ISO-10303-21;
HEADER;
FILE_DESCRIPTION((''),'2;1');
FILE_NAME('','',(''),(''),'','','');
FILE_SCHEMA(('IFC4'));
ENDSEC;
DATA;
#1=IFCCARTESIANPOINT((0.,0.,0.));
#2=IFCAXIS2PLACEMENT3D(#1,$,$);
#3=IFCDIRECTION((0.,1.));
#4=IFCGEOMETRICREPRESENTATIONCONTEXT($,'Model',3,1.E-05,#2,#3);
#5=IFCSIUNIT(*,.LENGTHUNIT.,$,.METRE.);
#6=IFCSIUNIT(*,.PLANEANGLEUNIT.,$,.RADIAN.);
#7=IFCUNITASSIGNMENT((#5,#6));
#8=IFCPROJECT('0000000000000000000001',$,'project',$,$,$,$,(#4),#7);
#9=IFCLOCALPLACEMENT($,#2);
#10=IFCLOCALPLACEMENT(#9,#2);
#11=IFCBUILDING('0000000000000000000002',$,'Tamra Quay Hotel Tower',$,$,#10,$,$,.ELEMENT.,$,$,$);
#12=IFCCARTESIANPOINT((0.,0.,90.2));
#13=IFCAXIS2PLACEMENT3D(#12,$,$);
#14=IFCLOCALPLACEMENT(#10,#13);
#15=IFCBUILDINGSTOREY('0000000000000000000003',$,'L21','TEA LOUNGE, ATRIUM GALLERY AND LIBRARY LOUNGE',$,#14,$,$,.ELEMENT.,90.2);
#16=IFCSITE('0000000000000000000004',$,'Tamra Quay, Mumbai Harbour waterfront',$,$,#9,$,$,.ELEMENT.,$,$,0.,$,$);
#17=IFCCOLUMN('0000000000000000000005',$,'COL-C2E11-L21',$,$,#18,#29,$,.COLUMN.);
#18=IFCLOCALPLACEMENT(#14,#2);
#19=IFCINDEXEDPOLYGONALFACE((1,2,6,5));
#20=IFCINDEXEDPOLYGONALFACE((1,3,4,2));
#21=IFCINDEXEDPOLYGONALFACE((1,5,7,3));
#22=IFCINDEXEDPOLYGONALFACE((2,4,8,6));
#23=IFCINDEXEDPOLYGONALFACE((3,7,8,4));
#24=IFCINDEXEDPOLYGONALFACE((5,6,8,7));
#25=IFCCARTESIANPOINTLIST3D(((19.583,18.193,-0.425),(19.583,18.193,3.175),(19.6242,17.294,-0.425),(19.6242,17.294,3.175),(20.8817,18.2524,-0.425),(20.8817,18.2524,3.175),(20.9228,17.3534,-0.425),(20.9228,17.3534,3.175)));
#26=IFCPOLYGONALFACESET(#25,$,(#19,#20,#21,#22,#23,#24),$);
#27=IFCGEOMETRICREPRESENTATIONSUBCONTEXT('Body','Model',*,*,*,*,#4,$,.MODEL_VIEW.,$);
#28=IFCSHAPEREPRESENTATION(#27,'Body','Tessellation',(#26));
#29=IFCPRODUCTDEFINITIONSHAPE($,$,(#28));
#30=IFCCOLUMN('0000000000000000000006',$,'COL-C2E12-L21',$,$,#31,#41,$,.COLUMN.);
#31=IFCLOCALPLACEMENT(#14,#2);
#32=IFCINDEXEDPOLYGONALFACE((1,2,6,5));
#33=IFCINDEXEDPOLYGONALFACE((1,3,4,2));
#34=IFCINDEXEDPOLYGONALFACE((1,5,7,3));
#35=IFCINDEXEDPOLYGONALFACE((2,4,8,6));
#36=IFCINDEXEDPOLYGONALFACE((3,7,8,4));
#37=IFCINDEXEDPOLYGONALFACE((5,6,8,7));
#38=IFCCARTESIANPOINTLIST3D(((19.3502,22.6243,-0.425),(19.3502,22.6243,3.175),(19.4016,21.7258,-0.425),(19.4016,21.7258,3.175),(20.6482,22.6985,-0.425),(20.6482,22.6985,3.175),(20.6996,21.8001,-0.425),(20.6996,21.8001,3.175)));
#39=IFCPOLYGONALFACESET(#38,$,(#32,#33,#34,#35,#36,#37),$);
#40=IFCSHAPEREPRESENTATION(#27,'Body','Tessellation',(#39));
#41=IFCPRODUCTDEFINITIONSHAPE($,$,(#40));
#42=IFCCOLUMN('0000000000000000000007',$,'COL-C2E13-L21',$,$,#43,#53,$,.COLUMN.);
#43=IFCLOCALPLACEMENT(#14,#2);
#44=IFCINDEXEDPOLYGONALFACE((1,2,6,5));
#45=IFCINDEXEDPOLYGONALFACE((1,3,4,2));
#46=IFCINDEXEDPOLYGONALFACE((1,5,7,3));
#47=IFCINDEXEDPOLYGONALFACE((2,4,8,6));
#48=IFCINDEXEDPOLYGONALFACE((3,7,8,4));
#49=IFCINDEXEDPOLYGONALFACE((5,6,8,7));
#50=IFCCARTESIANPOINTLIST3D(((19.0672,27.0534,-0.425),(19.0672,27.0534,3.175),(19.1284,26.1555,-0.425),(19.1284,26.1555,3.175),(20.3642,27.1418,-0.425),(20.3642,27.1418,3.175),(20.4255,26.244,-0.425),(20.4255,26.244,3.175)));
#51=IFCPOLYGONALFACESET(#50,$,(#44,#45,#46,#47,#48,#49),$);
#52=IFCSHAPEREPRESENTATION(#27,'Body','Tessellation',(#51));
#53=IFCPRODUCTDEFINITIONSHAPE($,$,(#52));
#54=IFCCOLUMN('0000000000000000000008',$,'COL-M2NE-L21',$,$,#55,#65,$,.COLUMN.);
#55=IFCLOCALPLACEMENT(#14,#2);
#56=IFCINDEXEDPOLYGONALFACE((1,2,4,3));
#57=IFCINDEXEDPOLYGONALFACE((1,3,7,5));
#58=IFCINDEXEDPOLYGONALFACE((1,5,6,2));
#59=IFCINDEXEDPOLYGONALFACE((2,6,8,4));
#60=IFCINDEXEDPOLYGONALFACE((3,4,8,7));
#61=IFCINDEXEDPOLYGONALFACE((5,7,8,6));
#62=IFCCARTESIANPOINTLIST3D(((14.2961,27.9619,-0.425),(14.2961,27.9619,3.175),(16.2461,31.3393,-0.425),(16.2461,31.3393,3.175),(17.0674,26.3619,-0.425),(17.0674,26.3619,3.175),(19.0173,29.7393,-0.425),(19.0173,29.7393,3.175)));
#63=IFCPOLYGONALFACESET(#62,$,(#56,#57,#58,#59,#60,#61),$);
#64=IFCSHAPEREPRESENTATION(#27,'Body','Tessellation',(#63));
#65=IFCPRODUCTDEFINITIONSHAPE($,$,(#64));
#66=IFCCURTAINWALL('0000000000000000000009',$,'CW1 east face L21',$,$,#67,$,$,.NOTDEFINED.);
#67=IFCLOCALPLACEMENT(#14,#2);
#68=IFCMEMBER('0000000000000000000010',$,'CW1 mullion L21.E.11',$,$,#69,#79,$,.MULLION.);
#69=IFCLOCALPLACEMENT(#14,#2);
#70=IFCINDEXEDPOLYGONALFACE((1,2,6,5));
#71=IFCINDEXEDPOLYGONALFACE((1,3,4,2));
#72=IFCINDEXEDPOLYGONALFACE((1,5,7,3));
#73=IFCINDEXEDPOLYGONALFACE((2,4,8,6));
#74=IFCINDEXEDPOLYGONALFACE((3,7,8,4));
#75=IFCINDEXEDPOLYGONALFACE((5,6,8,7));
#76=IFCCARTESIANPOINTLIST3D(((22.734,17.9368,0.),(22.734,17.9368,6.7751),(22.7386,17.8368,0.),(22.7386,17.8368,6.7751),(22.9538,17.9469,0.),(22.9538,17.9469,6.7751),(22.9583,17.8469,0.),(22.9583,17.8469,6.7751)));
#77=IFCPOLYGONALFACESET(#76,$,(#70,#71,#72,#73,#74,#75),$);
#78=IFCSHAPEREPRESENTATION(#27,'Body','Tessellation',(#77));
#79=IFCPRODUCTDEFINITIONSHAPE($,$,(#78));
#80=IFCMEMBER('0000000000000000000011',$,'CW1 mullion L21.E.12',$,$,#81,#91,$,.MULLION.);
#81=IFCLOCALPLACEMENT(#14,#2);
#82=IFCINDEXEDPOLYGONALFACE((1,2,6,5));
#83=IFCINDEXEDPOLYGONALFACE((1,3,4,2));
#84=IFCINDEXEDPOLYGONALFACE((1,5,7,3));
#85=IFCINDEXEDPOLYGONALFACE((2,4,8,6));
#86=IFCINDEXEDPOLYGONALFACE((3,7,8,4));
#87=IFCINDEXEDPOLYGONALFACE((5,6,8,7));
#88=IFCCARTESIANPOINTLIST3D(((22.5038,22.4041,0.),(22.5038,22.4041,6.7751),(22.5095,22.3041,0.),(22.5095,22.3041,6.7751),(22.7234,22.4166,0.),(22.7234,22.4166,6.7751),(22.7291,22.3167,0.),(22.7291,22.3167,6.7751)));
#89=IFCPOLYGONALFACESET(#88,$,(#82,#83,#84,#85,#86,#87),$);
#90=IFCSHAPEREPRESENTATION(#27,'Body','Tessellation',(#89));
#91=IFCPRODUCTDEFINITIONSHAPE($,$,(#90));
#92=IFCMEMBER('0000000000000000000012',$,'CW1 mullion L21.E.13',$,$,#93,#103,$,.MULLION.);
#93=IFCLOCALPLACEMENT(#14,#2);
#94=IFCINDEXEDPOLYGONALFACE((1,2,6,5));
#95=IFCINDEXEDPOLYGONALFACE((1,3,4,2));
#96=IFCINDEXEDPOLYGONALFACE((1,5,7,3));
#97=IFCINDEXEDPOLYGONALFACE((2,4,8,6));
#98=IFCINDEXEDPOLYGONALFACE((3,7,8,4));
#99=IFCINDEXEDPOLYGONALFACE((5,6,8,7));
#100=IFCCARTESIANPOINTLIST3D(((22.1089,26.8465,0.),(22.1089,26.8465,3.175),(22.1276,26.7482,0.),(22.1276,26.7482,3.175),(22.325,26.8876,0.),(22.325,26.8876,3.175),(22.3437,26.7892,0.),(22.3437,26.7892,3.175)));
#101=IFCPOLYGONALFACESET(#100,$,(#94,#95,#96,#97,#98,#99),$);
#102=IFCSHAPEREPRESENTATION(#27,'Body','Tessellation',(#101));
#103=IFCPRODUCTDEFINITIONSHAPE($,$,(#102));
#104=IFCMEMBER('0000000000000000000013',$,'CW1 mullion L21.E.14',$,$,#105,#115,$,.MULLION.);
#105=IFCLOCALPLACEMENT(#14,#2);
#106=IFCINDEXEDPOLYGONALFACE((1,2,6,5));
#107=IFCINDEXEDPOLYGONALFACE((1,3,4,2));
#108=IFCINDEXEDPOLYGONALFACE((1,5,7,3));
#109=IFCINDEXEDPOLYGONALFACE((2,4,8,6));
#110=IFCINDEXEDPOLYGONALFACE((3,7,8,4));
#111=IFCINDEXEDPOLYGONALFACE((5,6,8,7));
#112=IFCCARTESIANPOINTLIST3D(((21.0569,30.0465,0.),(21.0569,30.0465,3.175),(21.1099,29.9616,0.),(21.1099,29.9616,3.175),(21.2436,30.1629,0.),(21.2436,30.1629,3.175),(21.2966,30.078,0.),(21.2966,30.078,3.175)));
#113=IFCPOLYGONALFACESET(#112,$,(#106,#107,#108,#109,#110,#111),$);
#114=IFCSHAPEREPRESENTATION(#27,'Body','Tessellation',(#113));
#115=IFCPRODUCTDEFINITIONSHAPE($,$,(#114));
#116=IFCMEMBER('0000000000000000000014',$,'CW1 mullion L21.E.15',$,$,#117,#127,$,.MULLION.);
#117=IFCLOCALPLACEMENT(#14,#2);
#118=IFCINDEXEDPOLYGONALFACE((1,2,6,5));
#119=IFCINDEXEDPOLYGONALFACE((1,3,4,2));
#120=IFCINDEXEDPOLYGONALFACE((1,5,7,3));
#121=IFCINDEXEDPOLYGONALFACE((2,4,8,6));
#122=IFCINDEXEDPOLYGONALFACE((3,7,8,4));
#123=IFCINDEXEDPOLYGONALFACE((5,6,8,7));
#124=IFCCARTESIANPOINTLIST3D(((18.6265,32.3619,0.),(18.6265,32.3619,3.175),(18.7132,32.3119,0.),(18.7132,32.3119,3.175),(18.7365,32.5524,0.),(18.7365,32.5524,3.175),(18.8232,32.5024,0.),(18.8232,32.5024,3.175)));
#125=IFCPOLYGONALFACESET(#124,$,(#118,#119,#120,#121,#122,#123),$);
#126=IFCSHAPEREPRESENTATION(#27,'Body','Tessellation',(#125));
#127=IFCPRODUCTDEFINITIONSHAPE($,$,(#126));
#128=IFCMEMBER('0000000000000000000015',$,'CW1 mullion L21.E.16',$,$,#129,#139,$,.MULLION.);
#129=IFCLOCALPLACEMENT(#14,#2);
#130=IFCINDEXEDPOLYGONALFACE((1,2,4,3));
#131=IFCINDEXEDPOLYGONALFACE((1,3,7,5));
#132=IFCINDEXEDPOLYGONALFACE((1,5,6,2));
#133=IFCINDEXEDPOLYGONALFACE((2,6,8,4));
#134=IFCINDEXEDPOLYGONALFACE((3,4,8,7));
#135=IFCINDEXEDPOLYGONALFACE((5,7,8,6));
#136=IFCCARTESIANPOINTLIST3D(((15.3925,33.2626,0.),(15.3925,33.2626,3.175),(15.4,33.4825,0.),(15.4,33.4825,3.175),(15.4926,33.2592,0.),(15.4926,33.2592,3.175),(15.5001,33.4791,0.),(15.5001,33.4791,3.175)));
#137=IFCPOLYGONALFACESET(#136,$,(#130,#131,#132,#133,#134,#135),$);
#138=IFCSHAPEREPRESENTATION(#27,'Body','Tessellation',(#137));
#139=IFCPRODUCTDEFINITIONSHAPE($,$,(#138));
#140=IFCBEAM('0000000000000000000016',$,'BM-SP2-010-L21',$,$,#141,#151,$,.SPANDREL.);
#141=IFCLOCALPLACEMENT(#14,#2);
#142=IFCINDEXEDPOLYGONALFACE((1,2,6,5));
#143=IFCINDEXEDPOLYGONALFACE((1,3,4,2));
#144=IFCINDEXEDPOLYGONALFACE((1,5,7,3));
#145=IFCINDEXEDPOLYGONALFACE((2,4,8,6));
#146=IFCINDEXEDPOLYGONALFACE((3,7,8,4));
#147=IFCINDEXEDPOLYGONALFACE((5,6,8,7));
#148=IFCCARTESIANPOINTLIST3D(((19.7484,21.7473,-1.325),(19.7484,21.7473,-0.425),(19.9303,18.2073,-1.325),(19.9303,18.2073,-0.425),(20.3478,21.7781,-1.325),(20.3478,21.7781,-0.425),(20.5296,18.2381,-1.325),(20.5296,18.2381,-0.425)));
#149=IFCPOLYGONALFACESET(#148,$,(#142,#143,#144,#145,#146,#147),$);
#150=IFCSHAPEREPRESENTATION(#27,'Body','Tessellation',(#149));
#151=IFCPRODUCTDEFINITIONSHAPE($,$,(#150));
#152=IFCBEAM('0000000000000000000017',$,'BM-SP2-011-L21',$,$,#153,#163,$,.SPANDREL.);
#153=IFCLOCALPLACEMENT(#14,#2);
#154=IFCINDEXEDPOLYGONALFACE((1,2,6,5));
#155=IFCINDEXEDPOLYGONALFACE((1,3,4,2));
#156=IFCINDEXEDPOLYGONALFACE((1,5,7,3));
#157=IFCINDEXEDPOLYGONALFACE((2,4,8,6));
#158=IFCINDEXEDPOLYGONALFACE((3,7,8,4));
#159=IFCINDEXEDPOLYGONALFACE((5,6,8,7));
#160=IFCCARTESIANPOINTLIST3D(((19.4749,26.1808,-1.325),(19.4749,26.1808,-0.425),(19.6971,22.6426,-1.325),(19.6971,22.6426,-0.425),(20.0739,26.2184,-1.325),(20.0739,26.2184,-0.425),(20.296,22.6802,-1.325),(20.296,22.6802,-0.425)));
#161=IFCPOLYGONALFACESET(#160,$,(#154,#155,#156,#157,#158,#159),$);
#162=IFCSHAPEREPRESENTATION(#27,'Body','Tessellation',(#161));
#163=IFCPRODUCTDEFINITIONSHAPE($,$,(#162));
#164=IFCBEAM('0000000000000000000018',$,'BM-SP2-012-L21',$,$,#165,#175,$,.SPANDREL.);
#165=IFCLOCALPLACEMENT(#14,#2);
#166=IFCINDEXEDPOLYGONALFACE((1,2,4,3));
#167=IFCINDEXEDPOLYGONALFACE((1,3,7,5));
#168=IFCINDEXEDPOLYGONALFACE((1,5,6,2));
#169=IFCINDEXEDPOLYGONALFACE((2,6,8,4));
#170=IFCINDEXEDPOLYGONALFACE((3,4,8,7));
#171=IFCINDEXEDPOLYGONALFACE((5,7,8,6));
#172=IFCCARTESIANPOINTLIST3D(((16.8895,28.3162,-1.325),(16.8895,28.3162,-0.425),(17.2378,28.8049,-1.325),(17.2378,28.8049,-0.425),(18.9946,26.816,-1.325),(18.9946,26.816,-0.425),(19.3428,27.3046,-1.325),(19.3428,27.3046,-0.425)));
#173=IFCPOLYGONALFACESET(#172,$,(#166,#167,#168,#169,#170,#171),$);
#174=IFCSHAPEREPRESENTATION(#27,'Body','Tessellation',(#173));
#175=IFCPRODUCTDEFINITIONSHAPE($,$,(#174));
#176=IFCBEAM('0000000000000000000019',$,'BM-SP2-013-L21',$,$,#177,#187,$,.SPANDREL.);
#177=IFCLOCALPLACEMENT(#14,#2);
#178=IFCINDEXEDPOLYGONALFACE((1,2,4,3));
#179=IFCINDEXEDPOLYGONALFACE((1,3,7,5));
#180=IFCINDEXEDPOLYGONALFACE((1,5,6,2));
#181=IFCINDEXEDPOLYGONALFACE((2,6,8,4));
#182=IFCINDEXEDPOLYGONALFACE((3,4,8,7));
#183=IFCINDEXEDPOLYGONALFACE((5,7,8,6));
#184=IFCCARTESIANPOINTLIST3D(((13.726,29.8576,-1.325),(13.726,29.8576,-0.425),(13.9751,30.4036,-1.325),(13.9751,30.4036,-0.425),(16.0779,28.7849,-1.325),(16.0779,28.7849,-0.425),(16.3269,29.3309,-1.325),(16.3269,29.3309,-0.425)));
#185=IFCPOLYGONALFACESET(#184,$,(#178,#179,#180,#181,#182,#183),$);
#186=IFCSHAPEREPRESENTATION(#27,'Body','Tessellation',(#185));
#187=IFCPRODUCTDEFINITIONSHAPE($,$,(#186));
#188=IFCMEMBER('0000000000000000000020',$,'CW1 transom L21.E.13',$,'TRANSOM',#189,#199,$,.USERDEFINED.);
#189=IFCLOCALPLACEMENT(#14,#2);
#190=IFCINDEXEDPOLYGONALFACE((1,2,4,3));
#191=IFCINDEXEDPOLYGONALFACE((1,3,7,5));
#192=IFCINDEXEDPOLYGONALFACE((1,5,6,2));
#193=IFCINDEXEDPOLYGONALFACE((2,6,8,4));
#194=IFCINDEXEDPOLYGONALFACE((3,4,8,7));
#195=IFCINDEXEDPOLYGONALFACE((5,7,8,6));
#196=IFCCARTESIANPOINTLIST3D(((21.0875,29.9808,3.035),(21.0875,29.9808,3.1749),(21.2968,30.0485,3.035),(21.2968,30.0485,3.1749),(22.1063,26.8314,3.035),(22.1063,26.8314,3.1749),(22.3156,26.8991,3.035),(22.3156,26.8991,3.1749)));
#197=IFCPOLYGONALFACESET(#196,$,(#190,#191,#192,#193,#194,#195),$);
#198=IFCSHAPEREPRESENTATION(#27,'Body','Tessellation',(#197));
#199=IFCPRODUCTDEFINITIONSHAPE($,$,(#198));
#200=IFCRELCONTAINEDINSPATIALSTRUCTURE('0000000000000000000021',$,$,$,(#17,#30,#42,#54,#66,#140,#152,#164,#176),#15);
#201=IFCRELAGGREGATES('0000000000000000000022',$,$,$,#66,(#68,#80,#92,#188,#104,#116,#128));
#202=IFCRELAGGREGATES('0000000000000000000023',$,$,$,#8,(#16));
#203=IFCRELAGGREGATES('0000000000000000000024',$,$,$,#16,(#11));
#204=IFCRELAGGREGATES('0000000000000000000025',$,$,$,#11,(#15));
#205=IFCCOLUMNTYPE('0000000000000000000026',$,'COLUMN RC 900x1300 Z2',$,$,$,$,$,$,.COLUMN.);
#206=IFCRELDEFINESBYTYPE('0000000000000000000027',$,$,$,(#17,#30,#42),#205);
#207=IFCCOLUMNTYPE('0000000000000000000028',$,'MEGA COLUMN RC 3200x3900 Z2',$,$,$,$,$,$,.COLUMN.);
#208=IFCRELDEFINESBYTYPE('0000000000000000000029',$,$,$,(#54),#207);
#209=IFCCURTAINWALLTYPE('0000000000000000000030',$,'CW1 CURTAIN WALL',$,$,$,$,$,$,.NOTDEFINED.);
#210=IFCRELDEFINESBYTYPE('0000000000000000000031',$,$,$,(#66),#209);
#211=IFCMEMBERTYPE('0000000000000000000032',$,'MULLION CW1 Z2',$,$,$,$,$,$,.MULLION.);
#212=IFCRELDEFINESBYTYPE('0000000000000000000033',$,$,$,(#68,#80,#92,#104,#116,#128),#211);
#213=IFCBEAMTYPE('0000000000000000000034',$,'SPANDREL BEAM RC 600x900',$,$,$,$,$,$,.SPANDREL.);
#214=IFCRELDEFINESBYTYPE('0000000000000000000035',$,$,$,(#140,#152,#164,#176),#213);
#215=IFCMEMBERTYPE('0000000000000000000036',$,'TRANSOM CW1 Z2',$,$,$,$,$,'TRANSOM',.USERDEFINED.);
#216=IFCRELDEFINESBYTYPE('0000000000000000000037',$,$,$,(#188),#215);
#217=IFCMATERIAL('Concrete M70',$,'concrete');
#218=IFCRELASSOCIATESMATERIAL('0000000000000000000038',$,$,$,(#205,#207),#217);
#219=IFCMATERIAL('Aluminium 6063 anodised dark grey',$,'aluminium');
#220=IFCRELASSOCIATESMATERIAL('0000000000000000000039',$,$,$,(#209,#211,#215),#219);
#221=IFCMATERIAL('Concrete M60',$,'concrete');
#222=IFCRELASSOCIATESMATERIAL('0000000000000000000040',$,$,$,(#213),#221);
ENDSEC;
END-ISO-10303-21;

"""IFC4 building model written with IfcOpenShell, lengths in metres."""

from ifc_helpers import new_model, si_unit, direction, frame, origin, origin_2d, place, context, subcontext, project, spatial, rectangle, extrude, material, material_profile, profile_set, type_object, element, aggregate, save


model = new_model("IFC4")

# Units and contexts
model_context = context("Model", 3, precision=1e-05, world=origin(), true_north=direction((0.0, 1.0)))
body_context = subcontext(model_context, "Body", "Model", "MODEL_VIEW")
ifc_project = project(units=[si_unit("LENGTHUNIT", "METRE"), si_unit("PLANEANGLEUNIT", "RADIAN")], contexts=[model_context])

# Site, building, storey
site_placement = place(None, origin())
site = spatial("IfcSite", under=ifc_project, at=site_placement, Name="Tamra Quay, Mumbai Harbour waterfront", CompositionType="ELEMENT", RefElevation=0.0)
building_placement = place(site_placement, origin())
building = spatial("IfcBuilding", under=site, at=building_placement, Name="Tamra Quay Hotel Tower", CompositionType="ELEMENT")
storey_placement = place(building_placement, frame((0.0, 0.0, 90.2)))
storey = spatial("IfcBuildingStorey", under=building, at=storey_placement, Name="L21", Description="TEA LOUNGE, ATRIUM GALLERY AND LIBRARY LOUNGE", CompositionType="ELEMENT", Elevation=90.2)

# Columns
ifc_material_1 = material(Name="Concrete M70", Category="concrete")
ifc_material_profile_1 = material_profile(ifc_material_1, rectangle(XDim=1.3, YDim=0.8999, at=origin_2d()), Name="COLUMN RC 900x1300 Z2")
ifc_profile_set_1 = profile_set([ifc_material_profile_1], Name="Concrete M70")
column_type_1 = type_object("IfcColumnType", Name="COLUMN RC 900x1300 Z2", PredefinedType="COLUMN", material=ifc_profile_set_1)
for number, where, z_axis, x_axis, name in (
    (1, (20.2529, 17.7732, -0.425), (0.0, 0.0, 1.0), (0.998955, 0.045712, 0.0), "COL-C2E11-L21"),
    (2, (20.0249, 22.2122, -0.425), (0.0, 0.0, 1.0), (0.998368, 0.057108, 0.0), "COL-C2E12-L21"),
    (3, (19.7463, 26.6487, -0.425), (0.0, 0.0, 1.0), (0.997682, 0.068041, 0.0), "COL-C2E13-L21"),
):
    element("IfcColumn", number, at=place(storey_placement, frame(where, z_axis=z_axis, x_axis=x_axis)), inside=storey, type_object=column_type_1, Name=name, PredefinedType="COLUMN", context=body_context, shape_type="SweptSolid", body=[
        extrude(rectangle(XDim=1.3, YDim=0.8999, at=origin_2d()), origin(), (0.0, 0.0, 1.0), 3.6001),
    ])
ifc_material_profile_2 = material_profile(ifc_material_1, rectangle(XDim=3.8999, YDim=3.2, at=origin_2d()), Name="MEGA COLUMN RC 3200x3900 Z2")
ifc_profile_set_2 = profile_set([ifc_material_profile_2], Name="Concrete M70")
column_type_2 = type_object("IfcColumnType", Name="MEGA COLUMN RC 3200x3900 Z2", PredefinedType="COLUMN", material=ifc_profile_set_2)
column_placement = place(storey_placement, frame((16.6567, 28.8506, -0.425), z_axis=(0.0, 0.0, 1.0), x_axis=(0.5, 0.866025, 0.0)))
element("IfcColumn", 4, at=column_placement, inside=storey, type_object=column_type_2, Name="COL-M2NE-L21", PredefinedType="COLUMN", context=body_context, shape_type="SweptSolid", body=[
    extrude(rectangle(XDim=3.8999, YDim=3.2, at=origin_2d()), origin(), (0.0, 0.0, 1.0), 3.6001),
])

# Curtain wall, members
ifc_material_2 = material(Name="Aluminium 6063 anodised dark grey", Category="aluminium")
curtain_wall_type = type_object("IfcCurtainWallType", Name="CW1 CURTAIN WALL", PredefinedType="NOTDEFINED", material=ifc_material_2)
curtain_wall_placement = place(storey_placement, origin())
curtain_wall = element("IfcCurtainWall", 5, at=curtain_wall_placement, inside=storey, type_object=curtain_wall_type, Name="CW1 east face L21", PredefinedType="NOTDEFINED")
ifc_material_profile_3 = material_profile(ifc_material_2, rectangle(XDim=0.22, YDim=0.1001, at=origin_2d()), Name="MULLION 100X220")
ifc_profile_set_3 = profile_set([ifc_material_profile_3], Name="Aluminium 6063 anodised dark grey")
member_type_1 = type_object("IfcMemberType", Name="MULLION CW1 Z2", PredefinedType="MULLION", material=ifc_profile_set_3)
member_1_placement = place(storey_placement, frame((22.8462, 17.8918, 0.0), z_axis=(0.0, 0.0, 1.0), x_axis=(0.998958, 0.045633, 0.0)))
member_1 = element("IfcMember", 6, at=member_1_placement, type_object=member_type_1, Name="CW1 mullion L21.E.11", PredefinedType="MULLION", context=body_context, shape_type="SweptSolid", body=[
    extrude(rectangle(XDim=0.22, YDim=0.1001, at=origin_2d()), origin(), (0.0, 0.0, 1.0), 6.7751),
])
member_2_placement = place(storey_placement, frame((22.6165, 22.3604, 0.0), z_axis=(0.0, 0.0, 1.0), x_axis=(0.998374, 0.056996, 0.0)))
member_2 = element("IfcMember", 7, at=member_2_placement, type_object=member_type_1, Name="CW1 mullion L21.E.12", PredefinedType="MULLION", context=body_context, shape_type="SweptSolid", body=[
    extrude(rectangle(XDim=0.22, YDim=0.1001, at=origin_2d()), origin(), (0.0, 0.0, 1.0), 6.7751),
])
member_3_placement = place(storey_placement, frame((22.2263, 26.8179, 0.0), z_axis=(0.0, 0.0, 1.0), x_axis=(0.982419, 0.186689, 0.0)))
member_3 = element("IfcMember", 8, at=member_3_placement, type_object=member_type_1, Name="CW1 mullion L21.E.13", PredefinedType="MULLION", context=body_context, shape_type="SweptSolid", body=[
    extrude(rectangle(XDim=0.22, YDim=0.1001, at=origin_2d()), origin(), (0.0, 0.0, 1.0), 3.175),
])
member_4_placement = place(storey_placement, frame((21.1768, 30.0623, 0.0), z_axis=(0.0, 0.0, 1.0), x_axis=(0.848503, 0.52919, 0.0)))
member_4 = element("IfcMember", 9, at=member_4_placement, type_object=member_type_1, Name="CW1 mullion L21.E.14", PredefinedType="MULLION", context=body_context, shape_type="SweptSolid", body=[
    extrude(rectangle(XDim=0.22, YDim=0.1001, at=origin_2d()), origin(), (0.0, 0.0, 1.0), 3.175),
])
member_5_placement = place(storey_placement, frame((18.7249, 32.4321, 0.0), z_axis=(0.0, 0.0, 1.0), x_axis=(0.5, 0.866025, 0.0)))
member_5 = element("IfcMember", 10, at=member_5_placement, type_object=member_type_1, Name="CW1 mullion L21.E.15", PredefinedType="MULLION", context=body_context, shape_type="SweptSolid", body=[
    extrude(rectangle(XDim=0.22, YDim=0.1001, at=origin_2d()), origin(), (0.0, 0.0, 1.0), 3.175),
])
member_6_placement = place(storey_placement, frame((15.4463, 33.3708, 0.0), z_axis=(0.0, 0.0, 1.0), x_axis=(0.034041, 0.99942, 0.0)))
member_6 = element("IfcMember", 11, at=member_6_placement, type_object=member_type_1, Name="CW1 mullion L21.E.16", PredefinedType="MULLION", context=body_context, shape_type="SweptSolid", body=[
    extrude(rectangle(XDim=0.22, YDim=0.1001, at=origin_2d()), origin(), (0.0, 0.0, 1.0), 3.175),
])

# Beams
ifc_material_3 = material(Name="Concrete M60", Category="concrete")
ifc_material_profile_4 = material_profile(ifc_material_3, rectangle(XDim=0.6001, YDim=0.8999, at=origin_2d()), Name="SPANDREL BEAM RC 600x900")
ifc_profile_set_4 = profile_set([ifc_material_profile_4], Name="Concrete M60")
beam_type = type_object("IfcBeamType", Name="SPANDREL BEAM RC 600x900", PredefinedType="SPANDREL", material=ifc_profile_set_4)
beam_1_placement = place(storey_placement, frame((20.23, 18.2227, -0.875), z_axis=(-0.051312, 0.998683, 0.0), x_axis=(-0.998683, -0.051312, 0.0)))
element("IfcBeam", 12, at=beam_1_placement, inside=storey, type_object=beam_type, Name="BM-SP2-010-L21", PredefinedType="SPANDREL", context=body_context, shape_type="SweptSolid", body=[
    extrude(rectangle(XDim=0.6001, YDim=0.8999, at=origin_2d()), origin(), (0.0, 0.0, 1.0), 3.5447),
])
beam_2_placement = place(storey_placement, frame((19.9966, 22.6614, -0.875), z_axis=(-0.06267, 0.998034, 0.0), x_axis=(-0.998034, -0.06267, 0.0)))
element("IfcBeam", 13, at=beam_2_placement, inside=storey, type_object=beam_type, Name="BM-SP2-011-L21", PredefinedType="SPANDREL", context=body_context, shape_type="SweptSolid", body=[
    extrude(rectangle(XDim=0.6001, YDim=0.8999, at=origin_2d()), origin(), (0.0, 0.0, 1.0), 3.5452),
])
for number, where, z_axis, x_axis, name in (
    (14, (19.1687, 27.0603, -0.875), (-0.814339, 0.580389, 0.0), (-0.580389, -0.814339, 0.0), "BM-SP2-012-L21"),
    (15, (16.2024, 29.0579, -0.875), (-0.909819, 0.415005, 0.0), (-0.415005, -0.909819, 0.0), "BM-SP2-013-L21"),
):
    element("IfcBeam", number, at=place(storey_placement, frame(where, z_axis=z_axis, x_axis=x_axis)), inside=storey, type_object=beam_type, Name=name, PredefinedType="SPANDREL", context=body_context, shape_type="SweptSolid", body=[
        extrude(rectangle(XDim=0.6001, YDim=0.8999, at=origin_2d()), origin(), (0.0, 0.0, 1.0), 2.585),
    ])

# Member
ifc_material_profile_5 = material_profile(ifc_material_2, rectangle(XDim=0.22, YDim=0.1399, at=origin_2d()), Name="TRANSOM 220X140")
ifc_profile_set_5 = profile_set([ifc_material_profile_5], Name="Aluminium 6063 anodised dark grey")
member_type_2 = type_object("IfcMemberType", Name="TRANSOM CW1 Z2", ElementType="TRANSOM", PredefinedType="USERDEFINED", material=ifc_profile_set_5)
member_7_placement = place(storey_placement, frame((22.2109, 26.8652, 3.105), z_axis=(-0.307785, 0.951456, 0.0), x_axis=(-0.951456, -0.307785, 0.0)))
member_7 = element("IfcMember", 16, at=member_7_placement, type_object=member_type_2, Name="CW1 transom L21.E.13", ObjectType="TRANSOM", PredefinedType="USERDEFINED", context=body_context, shape_type="SweptSolid", body=[
    extrude(rectangle(XDim=0.22, YDim=0.1399, at=origin_2d()), origin(), (0.0, 0.0, 1.0), 3.3101),
])

aggregate(curtain_wall, [member_1, member_2, member_3, member_7, member_4, member_5, member_6])

save(model, "model.ifc")
